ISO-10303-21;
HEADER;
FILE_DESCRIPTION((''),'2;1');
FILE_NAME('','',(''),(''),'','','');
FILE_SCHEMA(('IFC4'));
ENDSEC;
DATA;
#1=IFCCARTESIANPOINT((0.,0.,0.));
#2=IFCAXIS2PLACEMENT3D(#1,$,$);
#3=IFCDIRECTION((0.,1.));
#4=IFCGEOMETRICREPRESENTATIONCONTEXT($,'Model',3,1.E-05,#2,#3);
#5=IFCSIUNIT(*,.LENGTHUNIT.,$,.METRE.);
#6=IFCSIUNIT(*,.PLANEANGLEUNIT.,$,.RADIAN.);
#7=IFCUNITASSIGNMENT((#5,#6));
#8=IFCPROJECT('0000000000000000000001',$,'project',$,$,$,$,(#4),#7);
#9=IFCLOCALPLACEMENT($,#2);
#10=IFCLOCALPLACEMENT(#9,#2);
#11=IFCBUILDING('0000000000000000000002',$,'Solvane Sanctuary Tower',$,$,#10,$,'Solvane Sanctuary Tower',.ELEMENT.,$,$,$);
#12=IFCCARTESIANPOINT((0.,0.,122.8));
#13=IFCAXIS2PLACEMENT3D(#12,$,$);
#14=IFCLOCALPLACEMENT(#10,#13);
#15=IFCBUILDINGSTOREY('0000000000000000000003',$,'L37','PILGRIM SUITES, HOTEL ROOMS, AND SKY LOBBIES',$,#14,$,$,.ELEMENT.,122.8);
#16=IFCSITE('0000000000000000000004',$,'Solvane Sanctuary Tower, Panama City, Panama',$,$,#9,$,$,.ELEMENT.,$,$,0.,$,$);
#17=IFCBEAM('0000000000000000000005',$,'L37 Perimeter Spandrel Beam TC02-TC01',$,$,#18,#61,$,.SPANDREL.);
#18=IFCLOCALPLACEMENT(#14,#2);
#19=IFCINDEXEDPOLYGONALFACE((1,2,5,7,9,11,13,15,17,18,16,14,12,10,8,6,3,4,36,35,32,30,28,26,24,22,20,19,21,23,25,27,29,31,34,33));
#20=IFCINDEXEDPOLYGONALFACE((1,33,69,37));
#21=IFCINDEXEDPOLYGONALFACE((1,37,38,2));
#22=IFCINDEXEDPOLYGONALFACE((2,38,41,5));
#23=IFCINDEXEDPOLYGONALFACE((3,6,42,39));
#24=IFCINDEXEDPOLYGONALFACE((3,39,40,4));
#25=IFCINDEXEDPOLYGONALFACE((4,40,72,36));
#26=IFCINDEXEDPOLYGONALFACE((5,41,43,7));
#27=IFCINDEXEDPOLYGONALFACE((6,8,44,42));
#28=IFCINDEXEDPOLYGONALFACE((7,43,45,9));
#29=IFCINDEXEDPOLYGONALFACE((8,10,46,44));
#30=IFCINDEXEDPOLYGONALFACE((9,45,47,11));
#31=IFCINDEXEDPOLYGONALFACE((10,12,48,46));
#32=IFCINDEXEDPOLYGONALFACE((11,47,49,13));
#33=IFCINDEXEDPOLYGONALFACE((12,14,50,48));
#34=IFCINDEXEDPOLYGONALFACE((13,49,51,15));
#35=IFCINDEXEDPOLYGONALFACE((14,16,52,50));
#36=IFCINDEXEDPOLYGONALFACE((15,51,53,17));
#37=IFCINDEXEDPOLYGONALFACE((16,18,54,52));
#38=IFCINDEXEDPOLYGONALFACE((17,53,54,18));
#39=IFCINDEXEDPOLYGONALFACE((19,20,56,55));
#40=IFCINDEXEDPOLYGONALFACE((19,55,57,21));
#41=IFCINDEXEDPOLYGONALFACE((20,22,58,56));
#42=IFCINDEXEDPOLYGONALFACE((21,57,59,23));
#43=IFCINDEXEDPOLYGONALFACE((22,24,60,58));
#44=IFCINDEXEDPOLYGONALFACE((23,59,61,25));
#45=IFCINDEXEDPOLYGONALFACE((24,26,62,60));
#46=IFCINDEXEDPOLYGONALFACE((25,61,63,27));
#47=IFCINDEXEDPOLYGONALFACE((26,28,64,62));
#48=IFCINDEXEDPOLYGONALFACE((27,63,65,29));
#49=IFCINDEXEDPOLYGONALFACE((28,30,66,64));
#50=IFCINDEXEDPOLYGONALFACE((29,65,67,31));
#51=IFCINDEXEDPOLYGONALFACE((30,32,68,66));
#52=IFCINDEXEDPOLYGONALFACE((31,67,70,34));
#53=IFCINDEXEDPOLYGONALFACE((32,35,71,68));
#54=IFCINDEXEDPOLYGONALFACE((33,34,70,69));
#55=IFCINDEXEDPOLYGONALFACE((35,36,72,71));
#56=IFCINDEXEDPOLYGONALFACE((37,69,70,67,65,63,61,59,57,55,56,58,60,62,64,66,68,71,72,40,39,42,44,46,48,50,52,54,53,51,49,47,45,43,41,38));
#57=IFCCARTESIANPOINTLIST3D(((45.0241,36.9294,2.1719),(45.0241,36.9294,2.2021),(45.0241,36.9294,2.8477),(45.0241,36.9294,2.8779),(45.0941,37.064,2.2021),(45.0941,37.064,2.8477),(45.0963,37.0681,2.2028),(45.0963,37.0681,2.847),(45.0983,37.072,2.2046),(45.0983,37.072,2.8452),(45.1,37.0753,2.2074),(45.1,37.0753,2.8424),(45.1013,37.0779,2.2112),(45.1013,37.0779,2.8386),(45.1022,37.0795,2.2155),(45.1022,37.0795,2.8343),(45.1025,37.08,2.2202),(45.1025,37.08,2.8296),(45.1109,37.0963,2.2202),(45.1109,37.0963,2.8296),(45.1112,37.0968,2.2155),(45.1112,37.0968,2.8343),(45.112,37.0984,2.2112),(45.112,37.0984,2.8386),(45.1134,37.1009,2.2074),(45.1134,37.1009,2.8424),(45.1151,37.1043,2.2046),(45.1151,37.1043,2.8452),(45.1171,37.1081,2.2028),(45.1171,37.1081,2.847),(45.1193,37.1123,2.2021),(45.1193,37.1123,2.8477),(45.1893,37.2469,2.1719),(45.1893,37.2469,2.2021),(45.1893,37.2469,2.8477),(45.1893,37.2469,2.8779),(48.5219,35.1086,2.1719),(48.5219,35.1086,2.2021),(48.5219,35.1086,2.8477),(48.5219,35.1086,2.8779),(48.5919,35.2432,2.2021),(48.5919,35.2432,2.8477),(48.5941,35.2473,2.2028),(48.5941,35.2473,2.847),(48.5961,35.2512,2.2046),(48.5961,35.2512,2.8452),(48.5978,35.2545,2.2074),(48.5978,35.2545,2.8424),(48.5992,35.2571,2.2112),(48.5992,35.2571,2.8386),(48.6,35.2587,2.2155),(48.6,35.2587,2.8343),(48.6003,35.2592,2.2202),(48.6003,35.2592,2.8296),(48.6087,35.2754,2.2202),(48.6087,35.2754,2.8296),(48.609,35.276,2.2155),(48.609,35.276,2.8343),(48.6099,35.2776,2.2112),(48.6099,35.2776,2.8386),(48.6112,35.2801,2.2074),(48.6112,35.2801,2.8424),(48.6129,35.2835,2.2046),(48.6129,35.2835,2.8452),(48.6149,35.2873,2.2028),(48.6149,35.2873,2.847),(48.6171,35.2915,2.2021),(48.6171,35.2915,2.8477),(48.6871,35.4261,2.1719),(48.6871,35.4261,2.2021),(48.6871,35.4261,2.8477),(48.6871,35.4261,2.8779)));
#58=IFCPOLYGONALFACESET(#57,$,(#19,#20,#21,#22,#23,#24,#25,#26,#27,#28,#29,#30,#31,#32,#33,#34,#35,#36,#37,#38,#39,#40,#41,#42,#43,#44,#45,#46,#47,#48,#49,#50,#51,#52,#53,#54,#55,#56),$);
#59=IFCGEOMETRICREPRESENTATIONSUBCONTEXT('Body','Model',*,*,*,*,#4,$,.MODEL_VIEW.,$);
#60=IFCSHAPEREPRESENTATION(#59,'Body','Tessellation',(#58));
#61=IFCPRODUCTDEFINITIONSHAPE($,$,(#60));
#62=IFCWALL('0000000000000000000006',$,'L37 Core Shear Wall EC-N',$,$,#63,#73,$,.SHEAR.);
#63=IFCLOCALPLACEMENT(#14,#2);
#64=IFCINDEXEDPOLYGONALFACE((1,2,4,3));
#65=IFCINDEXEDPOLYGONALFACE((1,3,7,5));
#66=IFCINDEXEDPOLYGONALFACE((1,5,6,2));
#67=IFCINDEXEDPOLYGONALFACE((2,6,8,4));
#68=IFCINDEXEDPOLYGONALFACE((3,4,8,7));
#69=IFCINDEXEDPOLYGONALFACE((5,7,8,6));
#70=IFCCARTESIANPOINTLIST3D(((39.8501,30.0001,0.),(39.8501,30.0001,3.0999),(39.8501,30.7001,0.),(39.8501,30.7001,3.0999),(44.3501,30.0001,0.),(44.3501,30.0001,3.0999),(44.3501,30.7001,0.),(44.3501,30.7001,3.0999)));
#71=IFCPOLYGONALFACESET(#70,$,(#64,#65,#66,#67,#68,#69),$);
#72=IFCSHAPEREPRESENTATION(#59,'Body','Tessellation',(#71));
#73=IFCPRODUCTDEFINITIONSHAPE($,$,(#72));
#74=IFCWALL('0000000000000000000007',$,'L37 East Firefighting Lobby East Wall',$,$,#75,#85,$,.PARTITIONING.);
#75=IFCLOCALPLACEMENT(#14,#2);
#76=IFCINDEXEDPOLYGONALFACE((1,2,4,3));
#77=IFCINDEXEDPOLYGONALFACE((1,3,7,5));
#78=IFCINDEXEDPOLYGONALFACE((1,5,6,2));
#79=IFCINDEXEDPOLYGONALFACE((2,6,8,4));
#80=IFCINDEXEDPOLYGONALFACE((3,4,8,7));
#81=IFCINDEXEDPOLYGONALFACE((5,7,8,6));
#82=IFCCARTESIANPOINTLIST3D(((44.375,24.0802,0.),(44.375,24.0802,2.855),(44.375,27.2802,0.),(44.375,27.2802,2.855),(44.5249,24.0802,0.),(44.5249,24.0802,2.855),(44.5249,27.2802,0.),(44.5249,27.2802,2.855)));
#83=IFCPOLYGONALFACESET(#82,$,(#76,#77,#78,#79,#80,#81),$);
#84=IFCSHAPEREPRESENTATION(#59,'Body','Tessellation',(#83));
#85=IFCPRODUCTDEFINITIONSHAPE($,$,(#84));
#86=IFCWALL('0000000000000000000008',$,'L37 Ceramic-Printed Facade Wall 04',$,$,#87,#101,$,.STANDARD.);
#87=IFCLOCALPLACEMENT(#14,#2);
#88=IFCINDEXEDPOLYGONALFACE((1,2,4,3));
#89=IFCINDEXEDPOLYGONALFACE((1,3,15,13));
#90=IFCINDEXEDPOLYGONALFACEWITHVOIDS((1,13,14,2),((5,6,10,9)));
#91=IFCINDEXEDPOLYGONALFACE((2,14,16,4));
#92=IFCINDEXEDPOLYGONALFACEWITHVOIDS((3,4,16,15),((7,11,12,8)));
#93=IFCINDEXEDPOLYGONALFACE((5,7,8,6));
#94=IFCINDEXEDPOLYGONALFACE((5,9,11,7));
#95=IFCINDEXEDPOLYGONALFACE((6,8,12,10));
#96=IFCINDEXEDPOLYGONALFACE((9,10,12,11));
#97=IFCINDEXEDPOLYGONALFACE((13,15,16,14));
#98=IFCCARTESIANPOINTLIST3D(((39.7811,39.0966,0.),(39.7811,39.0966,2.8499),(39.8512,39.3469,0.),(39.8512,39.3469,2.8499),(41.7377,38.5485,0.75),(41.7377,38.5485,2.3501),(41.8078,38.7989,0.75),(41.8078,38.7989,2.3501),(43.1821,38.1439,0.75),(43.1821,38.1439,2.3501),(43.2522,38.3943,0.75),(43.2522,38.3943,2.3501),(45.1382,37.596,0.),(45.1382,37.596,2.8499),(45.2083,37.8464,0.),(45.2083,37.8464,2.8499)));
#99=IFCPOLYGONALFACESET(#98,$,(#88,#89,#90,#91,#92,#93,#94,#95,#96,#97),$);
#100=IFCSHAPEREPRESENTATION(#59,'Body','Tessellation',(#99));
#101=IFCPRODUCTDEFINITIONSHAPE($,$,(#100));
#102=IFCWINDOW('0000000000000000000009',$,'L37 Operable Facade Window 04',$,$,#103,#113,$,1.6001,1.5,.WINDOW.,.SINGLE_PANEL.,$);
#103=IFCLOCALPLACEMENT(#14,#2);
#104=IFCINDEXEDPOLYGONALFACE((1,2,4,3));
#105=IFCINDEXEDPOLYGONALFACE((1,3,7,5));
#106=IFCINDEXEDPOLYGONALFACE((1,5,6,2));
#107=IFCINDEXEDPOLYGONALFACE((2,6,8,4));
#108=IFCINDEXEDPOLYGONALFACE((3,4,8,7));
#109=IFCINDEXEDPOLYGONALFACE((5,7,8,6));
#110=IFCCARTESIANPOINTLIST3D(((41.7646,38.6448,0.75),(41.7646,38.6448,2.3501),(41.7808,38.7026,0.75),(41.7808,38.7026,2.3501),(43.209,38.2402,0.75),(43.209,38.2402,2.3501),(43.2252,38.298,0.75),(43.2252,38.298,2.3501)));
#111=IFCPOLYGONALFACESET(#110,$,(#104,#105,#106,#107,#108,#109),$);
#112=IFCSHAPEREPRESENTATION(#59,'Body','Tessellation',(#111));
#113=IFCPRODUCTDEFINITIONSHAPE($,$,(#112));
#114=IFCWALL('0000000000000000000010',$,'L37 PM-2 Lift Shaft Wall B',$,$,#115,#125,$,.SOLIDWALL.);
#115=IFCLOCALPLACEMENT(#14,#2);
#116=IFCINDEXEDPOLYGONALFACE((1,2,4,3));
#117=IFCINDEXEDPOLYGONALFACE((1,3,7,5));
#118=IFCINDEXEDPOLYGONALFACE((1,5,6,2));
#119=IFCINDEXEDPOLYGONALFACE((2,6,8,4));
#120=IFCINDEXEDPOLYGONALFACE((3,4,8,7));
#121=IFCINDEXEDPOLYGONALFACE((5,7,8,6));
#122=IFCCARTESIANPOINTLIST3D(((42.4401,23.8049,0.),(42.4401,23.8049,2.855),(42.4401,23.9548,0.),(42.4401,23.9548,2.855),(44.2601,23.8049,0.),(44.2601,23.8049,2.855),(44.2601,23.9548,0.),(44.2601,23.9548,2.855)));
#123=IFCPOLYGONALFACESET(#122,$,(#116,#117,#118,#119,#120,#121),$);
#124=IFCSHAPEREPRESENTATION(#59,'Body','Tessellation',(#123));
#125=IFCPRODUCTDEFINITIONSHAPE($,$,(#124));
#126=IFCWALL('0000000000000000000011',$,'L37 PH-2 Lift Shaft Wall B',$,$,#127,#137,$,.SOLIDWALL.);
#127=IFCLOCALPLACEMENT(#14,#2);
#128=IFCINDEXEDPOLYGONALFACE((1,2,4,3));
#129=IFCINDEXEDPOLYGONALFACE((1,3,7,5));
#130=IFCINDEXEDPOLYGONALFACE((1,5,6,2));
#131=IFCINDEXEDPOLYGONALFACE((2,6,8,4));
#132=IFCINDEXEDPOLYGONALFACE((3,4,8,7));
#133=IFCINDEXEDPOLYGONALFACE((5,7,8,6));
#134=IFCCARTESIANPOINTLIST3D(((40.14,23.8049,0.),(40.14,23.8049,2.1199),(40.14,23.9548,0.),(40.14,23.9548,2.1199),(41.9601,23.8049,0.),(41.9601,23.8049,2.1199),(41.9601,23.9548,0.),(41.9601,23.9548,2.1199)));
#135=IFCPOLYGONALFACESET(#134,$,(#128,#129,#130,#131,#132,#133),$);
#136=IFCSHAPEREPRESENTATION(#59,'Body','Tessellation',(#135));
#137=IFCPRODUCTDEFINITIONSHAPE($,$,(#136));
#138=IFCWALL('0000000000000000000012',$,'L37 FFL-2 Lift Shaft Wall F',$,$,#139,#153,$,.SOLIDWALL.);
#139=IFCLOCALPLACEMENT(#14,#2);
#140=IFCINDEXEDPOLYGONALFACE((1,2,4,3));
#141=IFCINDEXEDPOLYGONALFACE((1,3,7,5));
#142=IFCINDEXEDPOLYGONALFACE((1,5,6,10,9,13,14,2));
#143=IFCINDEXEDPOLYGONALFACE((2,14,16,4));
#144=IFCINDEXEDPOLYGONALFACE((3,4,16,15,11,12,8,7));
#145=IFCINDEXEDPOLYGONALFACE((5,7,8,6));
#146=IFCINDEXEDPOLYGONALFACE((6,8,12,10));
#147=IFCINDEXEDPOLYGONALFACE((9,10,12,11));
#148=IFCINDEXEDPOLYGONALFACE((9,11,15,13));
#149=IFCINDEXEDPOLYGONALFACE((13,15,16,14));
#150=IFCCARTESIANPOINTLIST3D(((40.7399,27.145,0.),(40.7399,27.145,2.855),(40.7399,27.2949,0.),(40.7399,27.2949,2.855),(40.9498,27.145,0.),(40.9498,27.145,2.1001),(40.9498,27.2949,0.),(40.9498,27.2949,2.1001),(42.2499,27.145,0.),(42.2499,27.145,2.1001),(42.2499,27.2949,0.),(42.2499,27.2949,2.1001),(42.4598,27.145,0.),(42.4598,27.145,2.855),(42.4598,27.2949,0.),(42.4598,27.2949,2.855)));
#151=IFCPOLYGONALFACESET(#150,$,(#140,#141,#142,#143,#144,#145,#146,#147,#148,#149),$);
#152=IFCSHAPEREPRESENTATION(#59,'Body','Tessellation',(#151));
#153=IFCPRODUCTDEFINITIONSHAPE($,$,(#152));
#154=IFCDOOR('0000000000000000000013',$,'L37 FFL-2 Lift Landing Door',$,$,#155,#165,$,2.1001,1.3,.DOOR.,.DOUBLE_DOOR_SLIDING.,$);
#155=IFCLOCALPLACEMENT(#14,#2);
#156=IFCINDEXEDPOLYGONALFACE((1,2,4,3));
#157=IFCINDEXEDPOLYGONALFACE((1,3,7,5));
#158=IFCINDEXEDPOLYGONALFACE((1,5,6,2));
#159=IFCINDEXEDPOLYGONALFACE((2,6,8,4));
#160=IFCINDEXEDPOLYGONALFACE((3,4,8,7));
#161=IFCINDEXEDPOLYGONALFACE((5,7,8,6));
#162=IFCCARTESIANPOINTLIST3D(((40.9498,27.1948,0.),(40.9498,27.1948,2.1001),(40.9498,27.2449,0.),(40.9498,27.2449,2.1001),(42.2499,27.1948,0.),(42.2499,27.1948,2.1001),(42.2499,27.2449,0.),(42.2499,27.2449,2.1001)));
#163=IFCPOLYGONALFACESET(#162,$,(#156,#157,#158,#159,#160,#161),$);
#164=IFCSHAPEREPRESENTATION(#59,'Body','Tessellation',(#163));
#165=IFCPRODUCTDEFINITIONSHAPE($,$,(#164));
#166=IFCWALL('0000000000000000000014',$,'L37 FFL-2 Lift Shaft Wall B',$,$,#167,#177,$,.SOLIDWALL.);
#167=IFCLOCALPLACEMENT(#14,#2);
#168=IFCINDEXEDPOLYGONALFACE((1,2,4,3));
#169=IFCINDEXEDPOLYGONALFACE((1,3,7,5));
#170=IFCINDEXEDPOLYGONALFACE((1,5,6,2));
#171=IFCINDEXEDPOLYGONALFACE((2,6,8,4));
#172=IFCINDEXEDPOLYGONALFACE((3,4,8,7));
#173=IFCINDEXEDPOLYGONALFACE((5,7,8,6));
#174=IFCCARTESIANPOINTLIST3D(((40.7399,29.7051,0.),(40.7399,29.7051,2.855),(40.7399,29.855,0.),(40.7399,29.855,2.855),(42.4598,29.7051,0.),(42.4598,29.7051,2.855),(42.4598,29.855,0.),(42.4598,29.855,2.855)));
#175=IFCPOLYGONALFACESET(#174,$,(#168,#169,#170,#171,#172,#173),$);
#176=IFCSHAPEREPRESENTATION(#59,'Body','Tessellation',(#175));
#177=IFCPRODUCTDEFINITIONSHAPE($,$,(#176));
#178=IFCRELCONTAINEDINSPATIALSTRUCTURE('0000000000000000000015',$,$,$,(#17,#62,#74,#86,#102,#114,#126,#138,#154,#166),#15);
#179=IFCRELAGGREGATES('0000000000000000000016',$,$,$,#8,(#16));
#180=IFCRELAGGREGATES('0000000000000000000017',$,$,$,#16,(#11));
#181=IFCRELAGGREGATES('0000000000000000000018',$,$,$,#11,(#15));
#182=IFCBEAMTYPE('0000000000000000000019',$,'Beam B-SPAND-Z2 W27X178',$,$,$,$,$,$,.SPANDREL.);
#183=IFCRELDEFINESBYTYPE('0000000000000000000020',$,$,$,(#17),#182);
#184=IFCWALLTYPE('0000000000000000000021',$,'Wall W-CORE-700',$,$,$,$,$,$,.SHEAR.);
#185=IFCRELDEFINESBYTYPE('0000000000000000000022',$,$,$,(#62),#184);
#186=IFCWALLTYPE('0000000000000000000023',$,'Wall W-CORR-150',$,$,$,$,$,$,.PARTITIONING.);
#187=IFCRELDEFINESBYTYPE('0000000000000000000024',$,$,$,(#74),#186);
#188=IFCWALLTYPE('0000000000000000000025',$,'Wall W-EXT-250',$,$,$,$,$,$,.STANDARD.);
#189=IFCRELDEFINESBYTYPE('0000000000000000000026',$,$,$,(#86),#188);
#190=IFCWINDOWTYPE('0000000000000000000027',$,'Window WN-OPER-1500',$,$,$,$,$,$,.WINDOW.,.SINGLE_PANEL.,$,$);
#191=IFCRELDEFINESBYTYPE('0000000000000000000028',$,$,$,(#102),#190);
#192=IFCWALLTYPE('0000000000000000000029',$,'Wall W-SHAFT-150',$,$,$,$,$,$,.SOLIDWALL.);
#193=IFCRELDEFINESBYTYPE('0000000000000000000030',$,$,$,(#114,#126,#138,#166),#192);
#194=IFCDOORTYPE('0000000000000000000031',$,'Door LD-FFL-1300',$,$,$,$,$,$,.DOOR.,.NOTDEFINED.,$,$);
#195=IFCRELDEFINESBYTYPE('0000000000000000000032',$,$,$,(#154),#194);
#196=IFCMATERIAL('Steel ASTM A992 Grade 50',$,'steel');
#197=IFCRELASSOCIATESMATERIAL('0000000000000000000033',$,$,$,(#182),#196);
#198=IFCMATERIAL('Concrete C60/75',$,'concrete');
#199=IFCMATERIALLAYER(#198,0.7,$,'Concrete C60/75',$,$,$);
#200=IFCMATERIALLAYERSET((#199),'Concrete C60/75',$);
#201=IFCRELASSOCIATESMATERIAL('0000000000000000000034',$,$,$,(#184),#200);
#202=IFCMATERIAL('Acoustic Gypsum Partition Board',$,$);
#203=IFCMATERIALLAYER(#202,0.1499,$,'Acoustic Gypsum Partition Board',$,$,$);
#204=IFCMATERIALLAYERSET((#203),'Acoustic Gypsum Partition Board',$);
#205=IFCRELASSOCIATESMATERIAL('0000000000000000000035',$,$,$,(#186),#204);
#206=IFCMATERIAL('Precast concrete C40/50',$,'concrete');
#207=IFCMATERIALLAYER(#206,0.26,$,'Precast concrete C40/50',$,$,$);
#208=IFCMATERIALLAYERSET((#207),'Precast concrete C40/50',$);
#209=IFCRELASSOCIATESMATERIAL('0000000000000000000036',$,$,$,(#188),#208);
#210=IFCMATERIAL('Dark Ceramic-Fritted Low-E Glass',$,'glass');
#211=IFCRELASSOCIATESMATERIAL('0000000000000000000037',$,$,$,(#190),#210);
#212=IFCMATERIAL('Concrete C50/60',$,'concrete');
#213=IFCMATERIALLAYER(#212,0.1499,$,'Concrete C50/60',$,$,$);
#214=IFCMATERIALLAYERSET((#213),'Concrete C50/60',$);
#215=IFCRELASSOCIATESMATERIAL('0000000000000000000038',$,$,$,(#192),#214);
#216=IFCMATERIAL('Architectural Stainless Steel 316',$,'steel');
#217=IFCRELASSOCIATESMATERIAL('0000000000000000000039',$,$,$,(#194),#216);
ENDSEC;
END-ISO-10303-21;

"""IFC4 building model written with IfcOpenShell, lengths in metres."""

from ifc_helpers import new_model, si_unit, direction, frame, frame_2d, origin, origin_2d, place, context, subcontext, project, spatial, rectangle, i_section, extrude, material, layer, layer_set, material_profile, profile_set, type_object, element, fill, save


model = new_model("IFC4")

# Units and contexts
model_context = context("Model", 3, precision=1e-05, world=origin(), true_north=direction((0.0, 1.0)))
body_context = subcontext(model_context, "Body", "Model", "MODEL_VIEW")
ifc_project = project(units=[si_unit("LENGTHUNIT", "METRE"), si_unit("PLANEANGLEUNIT", "RADIAN")], contexts=[model_context])

# Site, building, storey
site_placement = place(None, origin())
site = spatial("IfcSite", under=ifc_project, at=site_placement, Name="Solvane Sanctuary Tower, Panama City, Panama", CompositionType="ELEMENT", RefElevation=0.0)
building_placement = place(site_placement, origin())
building = spatial("IfcBuilding", under=site, at=building_placement, Name="Solvane Sanctuary Tower", LongName="Solvane Sanctuary Tower", CompositionType="ELEMENT")
storey_placement = place(building_placement, frame((0.0, 0.0, 122.8)))
storey = spatial("IfcBuildingStorey", under=building, at=storey_placement, Name="L37", Description="PILGRIM SUITES, HOTEL ROOMS, AND SKY LOBBIES", CompositionType="ELEMENT", Elevation=122.8)

# Shared definitions
ifc_material_1 = material(Name="Concrete C60/75", Category="concrete")

# Beam
ifc_material_2 = material(Name="Steel ASTM A992 Grade 50", Category="steel")
ifc_material_profile_1 = material_profile(ifc_material_2, i_section(OverallWidth=0.3579, OverallDepth=0.7061, WebThickness=0.0183, FlangeThickness=0.0303, FilletRadius=0.0181, at=origin_2d()), Name="W27X178")
ifc_profile_set_1 = profile_set([ifc_material_profile_1], Name="Steel ASTM A992 Grade 50")
beam_type_1 = type_object("IfcBeamType", Name="Beam B-SPAND-Z2 W27X178", PredefinedType="SPANDREL", material=ifc_profile_set_1)
beam_1_placement = place(storey_placement, frame((45.1067, 37.0881, 2.5249), z_axis=(0.887015, -0.461741, 0.0), x_axis=(0.461741, 0.887015, 0.0)))
element("IfcBeam", 1, at=beam_1_placement, inside=storey, type_object=beam_type_1, Name="L37 Perimeter Spandrel Beam TC02-TC01", PredefinedType="SPANDREL", context=body_context, shape_type="SweptSolid", body=[
    extrude(i_section(OverallWidth=0.3579, OverallDepth=0.7061, WebThickness=0.0183, FlangeThickness=0.0303, FilletRadius=0.0181, at=origin_2d()), origin(), (0.0, 0.0, 1.0), 3.9434),
])

# Walls
ifc_layer_1 = layer(ifc_material_1, 0.7, Name="Concrete C60/75")
ifc_layer_set_1 = layer_set([ifc_layer_1], Name="Concrete C60/75")
wall_type_1 = type_object("IfcWallType", Name="Wall W-CORE-700", PredefinedType="SHEAR", material=ifc_layer_set_1)
wall_1_placement = place(storey_placement, frame((39.8501, 30.3501, 0.0), z_axis=(0.0, 0.0, 1.0), x_axis=(1.0, 0.0, 0.0)))
element("IfcWall", 2, at=wall_1_placement, inside=storey, type_object=wall_type_1, Name="L37 Core Shear Wall EC-N", PredefinedType="SHEAR", context=body_context, shape_type="SweptSolid", body=[
    extrude(rectangle(XDim=4.5, YDim=0.7, at=frame_2d((2.25, 0.0))), origin(), (0.0, 0.0, 1.0), 3.0999),
])
ifc_material_3 = material(Name="Acoustic Gypsum Partition Board")
ifc_layer_2 = layer(ifc_material_3, 0.1499, Name="Acoustic Gypsum Partition Board")
ifc_layer_set_2 = layer_set([ifc_layer_2], Name="Acoustic Gypsum Partition Board")
wall_type_2 = type_object("IfcWallType", Name="Wall W-CORR-150", PredefinedType="PARTITIONING", material=ifc_layer_set_2)
wall_2_placement = place(storey_placement, frame((44.45, 24.0801, 0.0), z_axis=(0.0, 0.0, 1.0), x_axis=(0.0, 1.0, 0.0)))
element("IfcWall", 3, at=wall_2_placement, inside=storey, type_object=wall_type_2, Name="L37 East Firefighting Lobby East Wall", PredefinedType="PARTITIONING", context=body_context, shape_type="SweptSolid", body=[
    extrude(rectangle(XDim=3.2, YDim=0.1499, at=frame_2d((1.6001, 0.0))), origin(), (0.0, 0.0, 1.0), 2.855),
])

# Wall, opening, window
ifc_material_4 = material(Name="Precast concrete C40/50", Category="concrete")
ifc_layer_3 = layer(ifc_material_4, 0.26, Name="Precast concrete C40/50")
ifc_layer_set_3 = layer_set([ifc_layer_3], Name="Precast concrete C40/50")
wall_type_3 = type_object("IfcWallType", Name="Wall W-EXT-250", PredefinedType="STANDARD", material=ifc_layer_set_3)
wall_3_placement = place(storey_placement, frame((45.1733, 37.7212, 0.0), z_axis=(0.0, 0.0, 1.0), x_axis=(-0.962938, 0.269721, 0.0)))
wall_3 = element("IfcWall", 4, at=wall_3_placement, inside=storey, type_object=wall_type_3, Name="L37 Ceramic-Printed Facade Wall 04", PredefinedType="STANDARD", context=body_context, shape_type="SweptSolid", body=[
    extrude(rectangle(XDim=5.5632, YDim=0.26, at=frame_2d((2.7817, 0.0))), origin(), (0.0, 0.0, 1.0), 2.8499),
])
opening_1_placement = place(wall_3_placement, frame((2.0315, 0.0, 0.75)))
opening_1 = element("IfcOpeningElement", 5, at=opening_1_placement, cuts=wall_3, PredefinedType="OPENING", context=body_context, shape_type="SweptSolid", body=[
    extrude(rectangle(XDim=1.5, YDim=1.6001, at=frame_2d((0.75, 0.8))), frame((0.0, 0.1399, 0.0), z_axis=(0.0, -1.0, 0.0), x_axis=(1.0, 0.0, 0.0)), (0.0, 0.0, 1.0), 0.28),
])
ifc_material_5 = material(Name="Dark Ceramic-Fritted Low-E Glass", Category="glass")
window_type = type_object("IfcWindowType", Name="Window WN-OPER-1500", PartitioningType="SINGLE_PANEL", PredefinedType="WINDOW", material=ifc_material_5)
window_placement = place(opening_1_placement, origin())
window = element("IfcWindow", 6, at=window_placement, inside=storey, type_object=window_type, Name="L37 Operable Facade Window 04", OverallHeight=1.6001, OverallWidth=1.5, PartitioningType="SINGLE_PANEL", PredefinedType="WINDOW", context=body_context, shape_type="SweptSolid", body=[
    extrude(rectangle(XDim=1.5, YDim=1.6001, at=frame_2d((0.75, 0.8))), frame((0.0, 0.03, 0.0), z_axis=(0.0, -1.0, 0.0), x_axis=(1.0, 0.0, 0.0)), (0.0, 0.0, 1.0), 0.0601),
])
fill(opening_1, window)

# Walls
ifc_material_6 = material(Name="Concrete C50/60", Category="concrete")
ifc_layer_4 = layer(ifc_material_6, 0.1499, Name="Concrete C50/60")
ifc_layer_set_4 = layer_set([ifc_layer_4], Name="Concrete C50/60")
wall_type_4 = type_object("IfcWallType", Name="Wall W-SHAFT-150", PredefinedType="SOLIDWALL", material=ifc_layer_set_4)
wall_4_placement = place(storey_placement, frame((42.4399, 23.8799, 0.0), z_axis=(0.0, 0.0, 1.0), x_axis=(1.0, 0.0, 0.0)))
element("IfcWall", 7, at=wall_4_placement, inside=storey, type_object=wall_type_4, Name="L37 PM-2 Lift Shaft Wall B", PredefinedType="SOLIDWALL", context=body_context, shape_type="SweptSolid", body=[
    extrude(rectangle(XDim=1.8201, YDim=0.1499, at=frame_2d((0.9102, 0.0))), origin(), (0.0, 0.0, 1.0), 2.855),
])
wall_5_placement = place(storey_placement, frame((40.1399, 23.8799, 0.0), z_axis=(0.0, 0.0, 1.0), x_axis=(1.0, 0.0, 0.0)))
element("IfcWall", 8, at=wall_5_placement, inside=storey, type_object=wall_type_4, Name="L37 PH-2 Lift Shaft Wall B", PredefinedType="SOLIDWALL", context=body_context, shape_type="SweptSolid", body=[
    extrude(rectangle(XDim=1.8201, YDim=0.1499, at=frame_2d((0.9102, 0.0))), origin(), (0.0, 0.0, 1.0), 2.1199),
])

# Wall, opening, door
wall_6_placement = place(storey_placement, frame((40.74, 27.22, 0.0), z_axis=(0.0, 0.0, 1.0), x_axis=(1.0, 0.0, 0.0)))
wall_6 = element("IfcWall", 9, at=wall_6_placement, inside=storey, type_object=wall_type_4, Name="L37 FFL-2 Lift Shaft Wall F", PredefinedType="SOLIDWALL", context=body_context, shape_type="SweptSolid", body=[
    extrude(rectangle(XDim=1.72, YDim=0.1499, at=frame_2d((0.8599, 0.0))), origin(), (0.0, 0.0, 1.0), 2.855),
])
opening_2_placement = place(wall_6_placement, frame((0.21, 0.0, 0.0)))
opening_2 = element("IfcOpeningElement", 10, at=opening_2_placement, cuts=wall_6, PredefinedType="OPENING", context=body_context, shape_type="SweptSolid", body=[
    extrude(rectangle(XDim=1.3, YDim=2.1001, at=frame_2d((0.6499, 1.05))), frame((0.0, 0.085, 0.0), z_axis=(0.0, -1.0, 0.0), x_axis=(1.0, 0.0, 0.0)), (0.0, 0.0, 1.0), 0.1699),
])
ifc_material_7 = material(Name="Architectural Stainless Steel 316", Category="steel")
door_type_1 = type_object("IfcDoorType", Name="Door LD-FFL-1300", OperationType="NOTDEFINED", PredefinedType="DOOR", material=ifc_material_7)
door_1_placement = place(opening_2_placement, origin())
door_1 = element("IfcDoor", 11, at=door_1_placement, inside=storey, type_object=door_type_1, Name="L37 FFL-2 Lift Landing Door", OperationType="DOUBLE_DOOR_SLIDING", OverallHeight=2.1001, OverallWidth=1.3, PredefinedType="DOOR", context=body_context, shape_type="SweptSolid", body=[
    extrude(rectangle(XDim=1.3, YDim=2.1001, at=frame_2d((0.6499, 1.05))), frame((0.0, 0.0249, 0.0), z_axis=(0.0, -1.0, 0.0), x_axis=(1.0, 0.0, 0.0)), (0.0, 0.0, 1.0), 0.05),
])
fill(opening_2, door_1)

# Wall
wall_7_placement = place(storey_placement, frame((40.74, 29.78, 0.0), z_axis=(0.0, 0.0, 1.0), x_axis=(1.0, 0.0, 0.0)))
element("IfcWall", 12, at=wall_7_placement, inside=storey, type_object=wall_type_4, Name="L37 FFL-2 Lift Shaft Wall B", PredefinedType="SOLIDWALL", context=body_context, shape_type="SweptSolid", body=[
    extrude(rectangle(XDim=1.72, YDim=0.1499, at=frame_2d((0.8599, 0.0))), origin(), (0.0, 0.0, 1.0), 2.855),
])

save(model, "model.ifc")
